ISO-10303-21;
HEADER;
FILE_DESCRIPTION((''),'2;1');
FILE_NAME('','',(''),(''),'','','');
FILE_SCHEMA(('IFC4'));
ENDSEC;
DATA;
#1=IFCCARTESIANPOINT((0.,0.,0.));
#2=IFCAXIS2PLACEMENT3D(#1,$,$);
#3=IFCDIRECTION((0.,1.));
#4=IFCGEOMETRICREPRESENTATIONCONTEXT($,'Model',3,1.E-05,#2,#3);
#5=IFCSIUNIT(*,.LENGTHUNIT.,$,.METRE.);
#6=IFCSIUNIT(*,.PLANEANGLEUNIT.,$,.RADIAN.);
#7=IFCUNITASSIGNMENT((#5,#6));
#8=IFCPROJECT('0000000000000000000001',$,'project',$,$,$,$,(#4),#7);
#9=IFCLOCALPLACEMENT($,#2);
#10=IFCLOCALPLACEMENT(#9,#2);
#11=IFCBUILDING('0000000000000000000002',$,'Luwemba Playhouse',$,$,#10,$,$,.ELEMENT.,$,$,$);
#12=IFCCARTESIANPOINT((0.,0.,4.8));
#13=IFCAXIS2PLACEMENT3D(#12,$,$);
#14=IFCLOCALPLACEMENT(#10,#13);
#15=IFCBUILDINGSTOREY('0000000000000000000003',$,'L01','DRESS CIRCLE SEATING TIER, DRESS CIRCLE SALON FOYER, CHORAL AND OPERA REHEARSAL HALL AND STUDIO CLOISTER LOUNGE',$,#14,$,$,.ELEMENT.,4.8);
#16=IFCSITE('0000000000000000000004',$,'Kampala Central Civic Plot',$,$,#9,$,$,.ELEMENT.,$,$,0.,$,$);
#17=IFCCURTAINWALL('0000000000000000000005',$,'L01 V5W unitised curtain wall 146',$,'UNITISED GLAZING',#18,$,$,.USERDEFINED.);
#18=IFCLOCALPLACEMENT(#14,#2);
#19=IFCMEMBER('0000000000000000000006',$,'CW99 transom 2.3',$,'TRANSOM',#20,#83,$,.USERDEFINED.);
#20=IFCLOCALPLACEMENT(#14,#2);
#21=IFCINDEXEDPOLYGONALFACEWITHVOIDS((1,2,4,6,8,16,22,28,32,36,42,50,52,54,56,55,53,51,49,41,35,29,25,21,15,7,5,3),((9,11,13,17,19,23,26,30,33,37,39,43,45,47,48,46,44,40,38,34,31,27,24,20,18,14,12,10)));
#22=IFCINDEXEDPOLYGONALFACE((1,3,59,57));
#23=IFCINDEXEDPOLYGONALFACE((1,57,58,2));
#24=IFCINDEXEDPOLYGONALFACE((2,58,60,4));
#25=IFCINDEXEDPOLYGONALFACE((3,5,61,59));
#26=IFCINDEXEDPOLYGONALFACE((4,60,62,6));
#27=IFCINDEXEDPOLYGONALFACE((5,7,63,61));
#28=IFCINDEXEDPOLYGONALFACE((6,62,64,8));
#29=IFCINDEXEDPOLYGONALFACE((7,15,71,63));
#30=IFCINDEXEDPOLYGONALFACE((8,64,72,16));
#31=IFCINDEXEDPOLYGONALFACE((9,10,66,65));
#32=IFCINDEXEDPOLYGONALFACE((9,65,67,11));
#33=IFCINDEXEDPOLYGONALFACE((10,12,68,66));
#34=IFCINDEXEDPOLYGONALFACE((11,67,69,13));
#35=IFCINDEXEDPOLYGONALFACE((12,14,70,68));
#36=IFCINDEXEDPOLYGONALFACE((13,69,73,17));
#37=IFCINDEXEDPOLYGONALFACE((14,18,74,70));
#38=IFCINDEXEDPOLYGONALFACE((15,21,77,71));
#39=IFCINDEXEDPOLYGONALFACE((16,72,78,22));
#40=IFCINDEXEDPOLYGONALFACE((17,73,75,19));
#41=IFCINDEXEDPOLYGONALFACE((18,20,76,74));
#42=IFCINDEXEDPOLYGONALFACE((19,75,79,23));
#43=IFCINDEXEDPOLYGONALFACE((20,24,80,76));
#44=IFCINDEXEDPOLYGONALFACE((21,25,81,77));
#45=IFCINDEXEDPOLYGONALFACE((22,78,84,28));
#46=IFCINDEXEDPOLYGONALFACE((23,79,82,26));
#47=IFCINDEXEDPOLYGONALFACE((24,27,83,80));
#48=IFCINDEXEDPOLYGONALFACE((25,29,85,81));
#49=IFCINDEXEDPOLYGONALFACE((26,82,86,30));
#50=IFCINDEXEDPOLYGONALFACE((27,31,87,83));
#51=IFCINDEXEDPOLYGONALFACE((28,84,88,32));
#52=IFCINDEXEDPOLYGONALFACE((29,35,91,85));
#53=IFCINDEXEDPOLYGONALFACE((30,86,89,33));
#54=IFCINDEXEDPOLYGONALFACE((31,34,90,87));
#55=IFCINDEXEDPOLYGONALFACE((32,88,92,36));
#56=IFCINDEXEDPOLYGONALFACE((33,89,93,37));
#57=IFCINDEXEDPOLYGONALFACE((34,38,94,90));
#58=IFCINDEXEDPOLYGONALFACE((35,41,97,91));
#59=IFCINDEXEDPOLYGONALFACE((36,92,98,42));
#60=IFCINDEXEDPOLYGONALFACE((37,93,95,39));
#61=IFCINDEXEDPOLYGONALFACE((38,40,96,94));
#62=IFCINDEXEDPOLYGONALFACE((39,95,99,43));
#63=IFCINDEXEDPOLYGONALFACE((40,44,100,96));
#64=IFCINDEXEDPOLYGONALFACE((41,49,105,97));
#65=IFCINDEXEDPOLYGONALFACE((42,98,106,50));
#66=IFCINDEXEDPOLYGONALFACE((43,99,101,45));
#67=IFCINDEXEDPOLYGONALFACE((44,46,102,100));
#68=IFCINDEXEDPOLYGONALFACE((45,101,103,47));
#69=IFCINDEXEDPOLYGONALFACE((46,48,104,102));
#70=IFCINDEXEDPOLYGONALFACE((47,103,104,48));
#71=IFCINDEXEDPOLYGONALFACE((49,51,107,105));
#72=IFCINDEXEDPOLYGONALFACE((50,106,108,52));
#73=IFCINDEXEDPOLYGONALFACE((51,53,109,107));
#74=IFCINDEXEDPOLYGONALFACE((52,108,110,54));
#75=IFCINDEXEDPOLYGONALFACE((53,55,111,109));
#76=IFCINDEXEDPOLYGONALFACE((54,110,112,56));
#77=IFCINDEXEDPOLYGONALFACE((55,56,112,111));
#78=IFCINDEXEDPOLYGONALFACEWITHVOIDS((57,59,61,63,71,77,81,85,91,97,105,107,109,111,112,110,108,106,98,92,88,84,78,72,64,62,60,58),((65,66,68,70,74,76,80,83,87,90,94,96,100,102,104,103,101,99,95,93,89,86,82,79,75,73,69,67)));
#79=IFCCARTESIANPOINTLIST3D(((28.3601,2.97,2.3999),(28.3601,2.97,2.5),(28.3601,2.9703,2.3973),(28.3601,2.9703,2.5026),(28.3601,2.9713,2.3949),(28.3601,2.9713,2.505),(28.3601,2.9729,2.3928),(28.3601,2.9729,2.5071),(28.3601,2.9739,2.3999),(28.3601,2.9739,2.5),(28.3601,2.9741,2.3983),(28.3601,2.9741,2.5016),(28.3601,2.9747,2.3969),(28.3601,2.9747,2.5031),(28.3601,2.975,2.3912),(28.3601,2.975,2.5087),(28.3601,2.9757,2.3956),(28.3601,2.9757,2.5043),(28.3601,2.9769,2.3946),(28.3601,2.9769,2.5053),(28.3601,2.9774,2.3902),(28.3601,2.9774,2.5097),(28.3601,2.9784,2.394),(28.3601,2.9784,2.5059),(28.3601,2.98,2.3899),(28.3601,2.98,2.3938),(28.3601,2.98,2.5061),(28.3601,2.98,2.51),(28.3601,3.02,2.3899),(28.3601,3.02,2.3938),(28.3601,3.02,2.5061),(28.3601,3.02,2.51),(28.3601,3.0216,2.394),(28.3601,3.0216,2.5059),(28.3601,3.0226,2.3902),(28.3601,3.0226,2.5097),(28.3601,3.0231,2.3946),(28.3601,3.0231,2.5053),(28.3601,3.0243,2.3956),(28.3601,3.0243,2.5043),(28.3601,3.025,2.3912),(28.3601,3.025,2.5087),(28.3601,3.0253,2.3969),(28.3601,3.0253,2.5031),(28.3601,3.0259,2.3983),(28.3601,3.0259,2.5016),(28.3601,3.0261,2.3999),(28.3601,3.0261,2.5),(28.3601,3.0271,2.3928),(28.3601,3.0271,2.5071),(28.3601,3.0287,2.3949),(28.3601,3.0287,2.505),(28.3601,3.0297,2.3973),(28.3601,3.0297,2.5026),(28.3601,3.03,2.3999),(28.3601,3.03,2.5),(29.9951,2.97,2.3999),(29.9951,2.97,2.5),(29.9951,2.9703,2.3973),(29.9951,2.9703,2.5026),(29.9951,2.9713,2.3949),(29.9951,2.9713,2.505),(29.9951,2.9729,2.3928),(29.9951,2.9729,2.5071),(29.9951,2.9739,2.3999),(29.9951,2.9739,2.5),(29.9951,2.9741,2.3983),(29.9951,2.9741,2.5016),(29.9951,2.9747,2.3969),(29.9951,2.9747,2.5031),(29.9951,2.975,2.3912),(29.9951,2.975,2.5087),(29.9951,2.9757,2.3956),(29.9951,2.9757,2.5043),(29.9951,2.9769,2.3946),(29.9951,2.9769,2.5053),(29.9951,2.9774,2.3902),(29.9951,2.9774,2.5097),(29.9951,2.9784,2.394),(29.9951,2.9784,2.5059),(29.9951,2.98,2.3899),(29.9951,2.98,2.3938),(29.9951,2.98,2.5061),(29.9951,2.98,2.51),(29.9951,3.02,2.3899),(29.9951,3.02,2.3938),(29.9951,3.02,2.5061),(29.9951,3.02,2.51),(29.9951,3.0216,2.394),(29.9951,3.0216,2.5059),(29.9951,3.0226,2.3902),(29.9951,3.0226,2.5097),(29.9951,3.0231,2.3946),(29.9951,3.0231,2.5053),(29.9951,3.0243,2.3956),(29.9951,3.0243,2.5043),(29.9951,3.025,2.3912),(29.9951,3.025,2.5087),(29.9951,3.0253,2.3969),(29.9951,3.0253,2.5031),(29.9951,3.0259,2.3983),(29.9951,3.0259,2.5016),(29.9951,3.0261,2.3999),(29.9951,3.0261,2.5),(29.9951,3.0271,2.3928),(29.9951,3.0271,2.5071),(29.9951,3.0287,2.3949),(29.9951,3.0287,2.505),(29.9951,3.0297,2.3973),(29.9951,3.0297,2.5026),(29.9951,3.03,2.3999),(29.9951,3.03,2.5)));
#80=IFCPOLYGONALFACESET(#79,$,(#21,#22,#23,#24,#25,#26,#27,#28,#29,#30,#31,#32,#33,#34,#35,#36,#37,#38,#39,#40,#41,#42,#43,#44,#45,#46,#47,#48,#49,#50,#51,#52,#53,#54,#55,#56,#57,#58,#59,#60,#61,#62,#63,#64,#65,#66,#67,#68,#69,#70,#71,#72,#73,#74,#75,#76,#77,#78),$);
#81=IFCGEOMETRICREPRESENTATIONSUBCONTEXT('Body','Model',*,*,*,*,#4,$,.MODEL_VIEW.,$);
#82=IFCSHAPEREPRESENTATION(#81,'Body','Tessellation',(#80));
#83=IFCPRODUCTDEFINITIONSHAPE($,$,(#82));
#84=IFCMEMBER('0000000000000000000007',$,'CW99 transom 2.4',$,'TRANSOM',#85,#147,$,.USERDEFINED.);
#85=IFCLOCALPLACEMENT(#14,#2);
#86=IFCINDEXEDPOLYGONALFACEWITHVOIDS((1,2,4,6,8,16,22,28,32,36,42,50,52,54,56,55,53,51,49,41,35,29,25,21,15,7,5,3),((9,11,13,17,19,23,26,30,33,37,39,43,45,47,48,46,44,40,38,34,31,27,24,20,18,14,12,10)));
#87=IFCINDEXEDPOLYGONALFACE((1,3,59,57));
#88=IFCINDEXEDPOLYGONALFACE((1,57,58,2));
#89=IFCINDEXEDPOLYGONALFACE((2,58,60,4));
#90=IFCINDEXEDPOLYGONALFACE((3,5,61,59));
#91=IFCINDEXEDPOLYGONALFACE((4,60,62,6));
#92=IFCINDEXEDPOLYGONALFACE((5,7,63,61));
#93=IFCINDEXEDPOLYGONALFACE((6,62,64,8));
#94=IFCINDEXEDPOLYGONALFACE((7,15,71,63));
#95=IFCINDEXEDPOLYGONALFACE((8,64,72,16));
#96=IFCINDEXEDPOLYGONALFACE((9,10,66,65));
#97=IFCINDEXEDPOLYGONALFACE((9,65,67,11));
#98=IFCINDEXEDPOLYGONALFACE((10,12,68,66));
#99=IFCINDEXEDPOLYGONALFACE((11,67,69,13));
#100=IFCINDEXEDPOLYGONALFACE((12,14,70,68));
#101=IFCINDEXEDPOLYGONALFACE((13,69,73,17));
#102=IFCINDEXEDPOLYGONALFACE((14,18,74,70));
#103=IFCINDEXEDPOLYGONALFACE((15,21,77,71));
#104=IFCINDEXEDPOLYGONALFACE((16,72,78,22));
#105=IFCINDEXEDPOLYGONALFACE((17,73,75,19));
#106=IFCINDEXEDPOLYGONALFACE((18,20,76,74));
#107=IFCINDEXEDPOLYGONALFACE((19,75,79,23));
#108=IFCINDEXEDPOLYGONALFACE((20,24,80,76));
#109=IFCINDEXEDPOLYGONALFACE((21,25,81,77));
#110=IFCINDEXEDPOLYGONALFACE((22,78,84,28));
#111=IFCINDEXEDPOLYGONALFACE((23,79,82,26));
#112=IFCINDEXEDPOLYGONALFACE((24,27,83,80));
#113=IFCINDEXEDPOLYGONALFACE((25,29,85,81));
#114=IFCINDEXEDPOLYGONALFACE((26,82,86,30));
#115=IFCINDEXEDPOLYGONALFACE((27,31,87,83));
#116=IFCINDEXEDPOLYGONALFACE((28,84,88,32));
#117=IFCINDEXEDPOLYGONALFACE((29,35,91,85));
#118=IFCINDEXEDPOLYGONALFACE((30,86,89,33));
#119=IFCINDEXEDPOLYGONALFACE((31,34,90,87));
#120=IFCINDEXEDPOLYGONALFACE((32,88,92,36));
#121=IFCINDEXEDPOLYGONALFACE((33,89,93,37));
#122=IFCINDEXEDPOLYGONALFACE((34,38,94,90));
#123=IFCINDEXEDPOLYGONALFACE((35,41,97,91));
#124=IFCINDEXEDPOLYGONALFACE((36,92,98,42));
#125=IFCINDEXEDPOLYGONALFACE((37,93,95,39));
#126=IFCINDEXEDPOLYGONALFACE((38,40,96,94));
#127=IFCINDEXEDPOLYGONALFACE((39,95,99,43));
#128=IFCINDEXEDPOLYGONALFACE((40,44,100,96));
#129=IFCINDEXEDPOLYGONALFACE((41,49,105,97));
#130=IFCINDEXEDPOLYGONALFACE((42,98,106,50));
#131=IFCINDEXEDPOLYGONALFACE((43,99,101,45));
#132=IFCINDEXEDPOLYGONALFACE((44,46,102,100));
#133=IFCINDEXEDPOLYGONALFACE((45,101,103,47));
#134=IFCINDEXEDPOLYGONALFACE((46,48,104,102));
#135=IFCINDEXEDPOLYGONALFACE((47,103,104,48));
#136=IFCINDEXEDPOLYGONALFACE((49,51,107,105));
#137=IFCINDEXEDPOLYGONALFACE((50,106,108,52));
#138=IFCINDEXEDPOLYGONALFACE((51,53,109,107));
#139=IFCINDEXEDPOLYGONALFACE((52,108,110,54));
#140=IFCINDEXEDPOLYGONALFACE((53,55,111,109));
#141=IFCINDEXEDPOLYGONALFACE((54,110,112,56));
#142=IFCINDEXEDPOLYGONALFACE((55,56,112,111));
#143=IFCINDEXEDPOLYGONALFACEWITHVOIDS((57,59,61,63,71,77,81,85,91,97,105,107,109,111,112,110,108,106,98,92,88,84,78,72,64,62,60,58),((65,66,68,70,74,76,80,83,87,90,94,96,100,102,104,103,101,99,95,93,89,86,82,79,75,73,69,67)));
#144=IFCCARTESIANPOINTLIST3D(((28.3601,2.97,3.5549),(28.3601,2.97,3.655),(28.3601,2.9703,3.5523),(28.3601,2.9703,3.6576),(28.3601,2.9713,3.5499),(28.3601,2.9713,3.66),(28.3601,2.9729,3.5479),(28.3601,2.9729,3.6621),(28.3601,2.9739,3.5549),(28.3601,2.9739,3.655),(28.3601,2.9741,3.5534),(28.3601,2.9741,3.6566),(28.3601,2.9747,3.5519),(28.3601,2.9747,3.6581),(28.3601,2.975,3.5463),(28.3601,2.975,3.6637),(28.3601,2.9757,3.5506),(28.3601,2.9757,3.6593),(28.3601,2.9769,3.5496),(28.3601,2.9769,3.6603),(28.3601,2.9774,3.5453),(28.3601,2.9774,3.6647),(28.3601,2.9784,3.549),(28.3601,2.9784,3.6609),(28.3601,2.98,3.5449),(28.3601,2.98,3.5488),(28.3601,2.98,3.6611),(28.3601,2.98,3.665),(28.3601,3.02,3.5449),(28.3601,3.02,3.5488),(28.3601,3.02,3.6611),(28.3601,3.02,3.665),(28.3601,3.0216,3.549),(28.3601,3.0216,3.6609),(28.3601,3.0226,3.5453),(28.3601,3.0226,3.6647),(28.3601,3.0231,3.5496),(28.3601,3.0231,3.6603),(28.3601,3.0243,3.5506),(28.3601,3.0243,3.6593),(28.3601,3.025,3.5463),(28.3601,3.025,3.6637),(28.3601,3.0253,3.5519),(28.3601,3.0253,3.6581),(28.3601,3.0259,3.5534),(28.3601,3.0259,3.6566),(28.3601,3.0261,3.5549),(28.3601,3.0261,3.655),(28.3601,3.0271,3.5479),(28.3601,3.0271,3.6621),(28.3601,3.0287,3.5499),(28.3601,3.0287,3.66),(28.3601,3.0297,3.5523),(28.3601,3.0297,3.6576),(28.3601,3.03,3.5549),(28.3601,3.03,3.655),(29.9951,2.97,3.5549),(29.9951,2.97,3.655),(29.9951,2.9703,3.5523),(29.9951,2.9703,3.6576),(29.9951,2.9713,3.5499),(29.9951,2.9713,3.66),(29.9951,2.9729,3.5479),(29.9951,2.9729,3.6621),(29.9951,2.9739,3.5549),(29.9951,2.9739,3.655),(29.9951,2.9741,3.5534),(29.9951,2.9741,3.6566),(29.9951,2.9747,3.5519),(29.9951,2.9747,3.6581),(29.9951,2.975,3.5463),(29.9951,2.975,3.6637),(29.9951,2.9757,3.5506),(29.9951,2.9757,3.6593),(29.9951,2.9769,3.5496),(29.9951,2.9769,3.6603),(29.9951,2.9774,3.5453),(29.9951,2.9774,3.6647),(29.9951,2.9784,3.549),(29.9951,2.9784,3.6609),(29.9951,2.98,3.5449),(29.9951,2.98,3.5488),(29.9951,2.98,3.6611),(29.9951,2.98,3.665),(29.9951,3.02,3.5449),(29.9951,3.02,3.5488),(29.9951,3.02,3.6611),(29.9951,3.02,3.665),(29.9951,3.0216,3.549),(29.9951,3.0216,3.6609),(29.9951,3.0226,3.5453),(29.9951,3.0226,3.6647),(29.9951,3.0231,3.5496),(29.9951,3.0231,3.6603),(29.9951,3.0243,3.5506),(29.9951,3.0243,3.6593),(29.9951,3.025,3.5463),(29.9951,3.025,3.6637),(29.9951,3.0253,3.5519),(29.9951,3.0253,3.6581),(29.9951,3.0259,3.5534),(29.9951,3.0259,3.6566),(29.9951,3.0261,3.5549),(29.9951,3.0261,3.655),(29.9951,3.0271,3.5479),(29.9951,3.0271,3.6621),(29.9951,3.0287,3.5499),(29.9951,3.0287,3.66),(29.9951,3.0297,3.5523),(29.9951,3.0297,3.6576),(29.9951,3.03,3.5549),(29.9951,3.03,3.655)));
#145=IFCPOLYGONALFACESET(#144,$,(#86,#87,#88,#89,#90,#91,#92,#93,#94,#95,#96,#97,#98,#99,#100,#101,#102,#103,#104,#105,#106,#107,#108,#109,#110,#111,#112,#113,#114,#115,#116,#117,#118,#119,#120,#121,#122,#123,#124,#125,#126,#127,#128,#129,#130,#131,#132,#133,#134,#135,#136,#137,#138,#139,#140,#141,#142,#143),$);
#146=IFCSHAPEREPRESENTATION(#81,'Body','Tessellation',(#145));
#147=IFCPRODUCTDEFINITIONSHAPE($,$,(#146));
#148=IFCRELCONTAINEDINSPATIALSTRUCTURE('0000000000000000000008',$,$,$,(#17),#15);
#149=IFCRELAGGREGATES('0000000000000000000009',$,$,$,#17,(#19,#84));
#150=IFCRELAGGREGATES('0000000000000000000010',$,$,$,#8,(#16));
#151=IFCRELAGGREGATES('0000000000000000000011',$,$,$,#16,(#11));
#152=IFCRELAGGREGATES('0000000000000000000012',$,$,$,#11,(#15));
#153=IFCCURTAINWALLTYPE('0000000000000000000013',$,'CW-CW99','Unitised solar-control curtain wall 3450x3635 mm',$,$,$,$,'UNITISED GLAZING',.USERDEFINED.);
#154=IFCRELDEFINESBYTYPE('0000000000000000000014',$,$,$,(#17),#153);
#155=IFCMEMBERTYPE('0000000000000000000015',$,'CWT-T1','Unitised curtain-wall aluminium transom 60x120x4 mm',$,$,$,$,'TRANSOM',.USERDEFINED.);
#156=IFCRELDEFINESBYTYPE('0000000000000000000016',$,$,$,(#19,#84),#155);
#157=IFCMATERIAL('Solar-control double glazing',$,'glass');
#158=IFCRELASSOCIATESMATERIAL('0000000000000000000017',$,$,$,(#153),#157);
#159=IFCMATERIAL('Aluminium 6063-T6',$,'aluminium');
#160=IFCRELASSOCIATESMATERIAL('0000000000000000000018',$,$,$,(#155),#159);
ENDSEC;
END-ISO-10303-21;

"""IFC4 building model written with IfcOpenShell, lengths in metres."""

from ifc_helpers import new_model, si_unit, direction, frame, origin, origin_2d, place, context, subcontext, project, spatial, hollow_rectangle, extrude, material, material_profile, profile_set, type_object, element, aggregate, save


model = new_model("IFC4")

# Units and contexts
model_context = context("Model", 3, precision=1e-05, world=origin(), true_north=direction((0.0, 1.0)))
body_context = subcontext(model_context, "Body", "Model", "MODEL_VIEW")
ifc_project = project(units=[si_unit("LENGTHUNIT", "METRE"), si_unit("PLANEANGLEUNIT", "RADIAN")], contexts=[model_context])

# Site, building, storey
site_placement = place(None, origin())
site = spatial("IfcSite", under=ifc_project, at=site_placement, Name="Kampala Central Civic Plot", CompositionType="ELEMENT", RefElevation=0.0)
building_placement = place(site_placement, origin())
building = spatial("IfcBuilding", under=site, at=building_placement, Name="Luwemba Playhouse", CompositionType="ELEMENT")
storey_placement = place(building_placement, frame((0.0, 0.0, 4.8)))
storey = spatial("IfcBuildingStorey", under=building, at=storey_placement, Name="L01", Description="DRESS CIRCLE SEATING TIER, DRESS CIRCLE SALON FOYER, CHORAL AND OPERA REHEARSAL HALL AND STUDIO CLOISTER LOUNGE", CompositionType="ELEMENT", Elevation=4.8)

# Curtain wall
ifc_material_1 = material(Name="Solar-control double glazing", Category="glass")
curtain_wall_type_1 = type_object("IfcCurtainWallType", Name="CW-CW99", Description="Unitised solar-control curtain wall 3450x3635 mm", ElementType="UNITISED GLAZING", PredefinedType="USERDEFINED", material=ifc_material_1)
curtain_wall_1_placement = place(storey_placement, origin())
curtain_wall_1 = element("IfcCurtainWall", 1, at=curtain_wall_1_placement, inside=storey, type_object=curtain_wall_type_1, Name="L01 V5W unitised curtain wall 146", ObjectType="UNITISED GLAZING", PredefinedType="USERDEFINED")
ifc_material_2 = material(Name="Aluminium 6063-T6", Category="aluminium")

# Members
ifc_material_profile_1 = material_profile(ifc_material_2, hollow_rectangle(XDim=0.0601, YDim=0.1201, WallThickness=0.0039, InnerFilletRadius=0.0061, OuterFilletRadius=0.01, at=origin_2d()))
ifc_profile_set_1 = profile_set([ifc_material_profile_1], Name="Aluminium 6063-T6")
member_type_1 = type_object("IfcMemberType", Name="CWT-T1", Description="Unitised curtain-wall aluminium transom 60x120x4 mm", ElementType="TRANSOM", PredefinedType="USERDEFINED", material=ifc_profile_set_1)
member_1_placement = place(storey_placement, frame((29.9951, 3.0, 2.45), z_axis=(-1.0, 0.0, 0.0), x_axis=(0.0, -1.0, 0.0)))
member_1 = element("IfcMember", 2, at=member_1_placement, type_object=member_type_1, Name="CW99 transom 2.3", ObjectType="TRANSOM", PredefinedType="USERDEFINED", context=body_context, shape_type="SweptSolid", body=[
    extrude(hollow_rectangle(XDim=0.0601, YDim=0.1201, WallThickness=0.0039, InnerFilletRadius=0.0061, OuterFilletRadius=0.01, at=origin_2d()), origin(), (0.0, 0.0, 1.0), 1.635),
])
member_2_placement = place(storey_placement, frame((29.9951, 3.0, 3.605), z_axis=(-1.0, 0.0, 0.0), x_axis=(0.0, -1.0, 0.0)))
member_2 = element("IfcMember", 3, at=member_2_placement, type_object=member_type_1, Name="CW99 transom 2.4", ObjectType="TRANSOM", PredefinedType="USERDEFINED", context=body_context, shape_type="SweptSolid", body=[
    extrude(hollow_rectangle(XDim=0.0601, YDim=0.1201, WallThickness=0.0039, InnerFilletRadius=0.0061, OuterFilletRadius=0.01, at=origin_2d()), origin(), (0.0, 0.0, 1.0), 1.635),
])

aggregate(curtain_wall_1, [member_1, member_2])

save(model, "model.ifc")
